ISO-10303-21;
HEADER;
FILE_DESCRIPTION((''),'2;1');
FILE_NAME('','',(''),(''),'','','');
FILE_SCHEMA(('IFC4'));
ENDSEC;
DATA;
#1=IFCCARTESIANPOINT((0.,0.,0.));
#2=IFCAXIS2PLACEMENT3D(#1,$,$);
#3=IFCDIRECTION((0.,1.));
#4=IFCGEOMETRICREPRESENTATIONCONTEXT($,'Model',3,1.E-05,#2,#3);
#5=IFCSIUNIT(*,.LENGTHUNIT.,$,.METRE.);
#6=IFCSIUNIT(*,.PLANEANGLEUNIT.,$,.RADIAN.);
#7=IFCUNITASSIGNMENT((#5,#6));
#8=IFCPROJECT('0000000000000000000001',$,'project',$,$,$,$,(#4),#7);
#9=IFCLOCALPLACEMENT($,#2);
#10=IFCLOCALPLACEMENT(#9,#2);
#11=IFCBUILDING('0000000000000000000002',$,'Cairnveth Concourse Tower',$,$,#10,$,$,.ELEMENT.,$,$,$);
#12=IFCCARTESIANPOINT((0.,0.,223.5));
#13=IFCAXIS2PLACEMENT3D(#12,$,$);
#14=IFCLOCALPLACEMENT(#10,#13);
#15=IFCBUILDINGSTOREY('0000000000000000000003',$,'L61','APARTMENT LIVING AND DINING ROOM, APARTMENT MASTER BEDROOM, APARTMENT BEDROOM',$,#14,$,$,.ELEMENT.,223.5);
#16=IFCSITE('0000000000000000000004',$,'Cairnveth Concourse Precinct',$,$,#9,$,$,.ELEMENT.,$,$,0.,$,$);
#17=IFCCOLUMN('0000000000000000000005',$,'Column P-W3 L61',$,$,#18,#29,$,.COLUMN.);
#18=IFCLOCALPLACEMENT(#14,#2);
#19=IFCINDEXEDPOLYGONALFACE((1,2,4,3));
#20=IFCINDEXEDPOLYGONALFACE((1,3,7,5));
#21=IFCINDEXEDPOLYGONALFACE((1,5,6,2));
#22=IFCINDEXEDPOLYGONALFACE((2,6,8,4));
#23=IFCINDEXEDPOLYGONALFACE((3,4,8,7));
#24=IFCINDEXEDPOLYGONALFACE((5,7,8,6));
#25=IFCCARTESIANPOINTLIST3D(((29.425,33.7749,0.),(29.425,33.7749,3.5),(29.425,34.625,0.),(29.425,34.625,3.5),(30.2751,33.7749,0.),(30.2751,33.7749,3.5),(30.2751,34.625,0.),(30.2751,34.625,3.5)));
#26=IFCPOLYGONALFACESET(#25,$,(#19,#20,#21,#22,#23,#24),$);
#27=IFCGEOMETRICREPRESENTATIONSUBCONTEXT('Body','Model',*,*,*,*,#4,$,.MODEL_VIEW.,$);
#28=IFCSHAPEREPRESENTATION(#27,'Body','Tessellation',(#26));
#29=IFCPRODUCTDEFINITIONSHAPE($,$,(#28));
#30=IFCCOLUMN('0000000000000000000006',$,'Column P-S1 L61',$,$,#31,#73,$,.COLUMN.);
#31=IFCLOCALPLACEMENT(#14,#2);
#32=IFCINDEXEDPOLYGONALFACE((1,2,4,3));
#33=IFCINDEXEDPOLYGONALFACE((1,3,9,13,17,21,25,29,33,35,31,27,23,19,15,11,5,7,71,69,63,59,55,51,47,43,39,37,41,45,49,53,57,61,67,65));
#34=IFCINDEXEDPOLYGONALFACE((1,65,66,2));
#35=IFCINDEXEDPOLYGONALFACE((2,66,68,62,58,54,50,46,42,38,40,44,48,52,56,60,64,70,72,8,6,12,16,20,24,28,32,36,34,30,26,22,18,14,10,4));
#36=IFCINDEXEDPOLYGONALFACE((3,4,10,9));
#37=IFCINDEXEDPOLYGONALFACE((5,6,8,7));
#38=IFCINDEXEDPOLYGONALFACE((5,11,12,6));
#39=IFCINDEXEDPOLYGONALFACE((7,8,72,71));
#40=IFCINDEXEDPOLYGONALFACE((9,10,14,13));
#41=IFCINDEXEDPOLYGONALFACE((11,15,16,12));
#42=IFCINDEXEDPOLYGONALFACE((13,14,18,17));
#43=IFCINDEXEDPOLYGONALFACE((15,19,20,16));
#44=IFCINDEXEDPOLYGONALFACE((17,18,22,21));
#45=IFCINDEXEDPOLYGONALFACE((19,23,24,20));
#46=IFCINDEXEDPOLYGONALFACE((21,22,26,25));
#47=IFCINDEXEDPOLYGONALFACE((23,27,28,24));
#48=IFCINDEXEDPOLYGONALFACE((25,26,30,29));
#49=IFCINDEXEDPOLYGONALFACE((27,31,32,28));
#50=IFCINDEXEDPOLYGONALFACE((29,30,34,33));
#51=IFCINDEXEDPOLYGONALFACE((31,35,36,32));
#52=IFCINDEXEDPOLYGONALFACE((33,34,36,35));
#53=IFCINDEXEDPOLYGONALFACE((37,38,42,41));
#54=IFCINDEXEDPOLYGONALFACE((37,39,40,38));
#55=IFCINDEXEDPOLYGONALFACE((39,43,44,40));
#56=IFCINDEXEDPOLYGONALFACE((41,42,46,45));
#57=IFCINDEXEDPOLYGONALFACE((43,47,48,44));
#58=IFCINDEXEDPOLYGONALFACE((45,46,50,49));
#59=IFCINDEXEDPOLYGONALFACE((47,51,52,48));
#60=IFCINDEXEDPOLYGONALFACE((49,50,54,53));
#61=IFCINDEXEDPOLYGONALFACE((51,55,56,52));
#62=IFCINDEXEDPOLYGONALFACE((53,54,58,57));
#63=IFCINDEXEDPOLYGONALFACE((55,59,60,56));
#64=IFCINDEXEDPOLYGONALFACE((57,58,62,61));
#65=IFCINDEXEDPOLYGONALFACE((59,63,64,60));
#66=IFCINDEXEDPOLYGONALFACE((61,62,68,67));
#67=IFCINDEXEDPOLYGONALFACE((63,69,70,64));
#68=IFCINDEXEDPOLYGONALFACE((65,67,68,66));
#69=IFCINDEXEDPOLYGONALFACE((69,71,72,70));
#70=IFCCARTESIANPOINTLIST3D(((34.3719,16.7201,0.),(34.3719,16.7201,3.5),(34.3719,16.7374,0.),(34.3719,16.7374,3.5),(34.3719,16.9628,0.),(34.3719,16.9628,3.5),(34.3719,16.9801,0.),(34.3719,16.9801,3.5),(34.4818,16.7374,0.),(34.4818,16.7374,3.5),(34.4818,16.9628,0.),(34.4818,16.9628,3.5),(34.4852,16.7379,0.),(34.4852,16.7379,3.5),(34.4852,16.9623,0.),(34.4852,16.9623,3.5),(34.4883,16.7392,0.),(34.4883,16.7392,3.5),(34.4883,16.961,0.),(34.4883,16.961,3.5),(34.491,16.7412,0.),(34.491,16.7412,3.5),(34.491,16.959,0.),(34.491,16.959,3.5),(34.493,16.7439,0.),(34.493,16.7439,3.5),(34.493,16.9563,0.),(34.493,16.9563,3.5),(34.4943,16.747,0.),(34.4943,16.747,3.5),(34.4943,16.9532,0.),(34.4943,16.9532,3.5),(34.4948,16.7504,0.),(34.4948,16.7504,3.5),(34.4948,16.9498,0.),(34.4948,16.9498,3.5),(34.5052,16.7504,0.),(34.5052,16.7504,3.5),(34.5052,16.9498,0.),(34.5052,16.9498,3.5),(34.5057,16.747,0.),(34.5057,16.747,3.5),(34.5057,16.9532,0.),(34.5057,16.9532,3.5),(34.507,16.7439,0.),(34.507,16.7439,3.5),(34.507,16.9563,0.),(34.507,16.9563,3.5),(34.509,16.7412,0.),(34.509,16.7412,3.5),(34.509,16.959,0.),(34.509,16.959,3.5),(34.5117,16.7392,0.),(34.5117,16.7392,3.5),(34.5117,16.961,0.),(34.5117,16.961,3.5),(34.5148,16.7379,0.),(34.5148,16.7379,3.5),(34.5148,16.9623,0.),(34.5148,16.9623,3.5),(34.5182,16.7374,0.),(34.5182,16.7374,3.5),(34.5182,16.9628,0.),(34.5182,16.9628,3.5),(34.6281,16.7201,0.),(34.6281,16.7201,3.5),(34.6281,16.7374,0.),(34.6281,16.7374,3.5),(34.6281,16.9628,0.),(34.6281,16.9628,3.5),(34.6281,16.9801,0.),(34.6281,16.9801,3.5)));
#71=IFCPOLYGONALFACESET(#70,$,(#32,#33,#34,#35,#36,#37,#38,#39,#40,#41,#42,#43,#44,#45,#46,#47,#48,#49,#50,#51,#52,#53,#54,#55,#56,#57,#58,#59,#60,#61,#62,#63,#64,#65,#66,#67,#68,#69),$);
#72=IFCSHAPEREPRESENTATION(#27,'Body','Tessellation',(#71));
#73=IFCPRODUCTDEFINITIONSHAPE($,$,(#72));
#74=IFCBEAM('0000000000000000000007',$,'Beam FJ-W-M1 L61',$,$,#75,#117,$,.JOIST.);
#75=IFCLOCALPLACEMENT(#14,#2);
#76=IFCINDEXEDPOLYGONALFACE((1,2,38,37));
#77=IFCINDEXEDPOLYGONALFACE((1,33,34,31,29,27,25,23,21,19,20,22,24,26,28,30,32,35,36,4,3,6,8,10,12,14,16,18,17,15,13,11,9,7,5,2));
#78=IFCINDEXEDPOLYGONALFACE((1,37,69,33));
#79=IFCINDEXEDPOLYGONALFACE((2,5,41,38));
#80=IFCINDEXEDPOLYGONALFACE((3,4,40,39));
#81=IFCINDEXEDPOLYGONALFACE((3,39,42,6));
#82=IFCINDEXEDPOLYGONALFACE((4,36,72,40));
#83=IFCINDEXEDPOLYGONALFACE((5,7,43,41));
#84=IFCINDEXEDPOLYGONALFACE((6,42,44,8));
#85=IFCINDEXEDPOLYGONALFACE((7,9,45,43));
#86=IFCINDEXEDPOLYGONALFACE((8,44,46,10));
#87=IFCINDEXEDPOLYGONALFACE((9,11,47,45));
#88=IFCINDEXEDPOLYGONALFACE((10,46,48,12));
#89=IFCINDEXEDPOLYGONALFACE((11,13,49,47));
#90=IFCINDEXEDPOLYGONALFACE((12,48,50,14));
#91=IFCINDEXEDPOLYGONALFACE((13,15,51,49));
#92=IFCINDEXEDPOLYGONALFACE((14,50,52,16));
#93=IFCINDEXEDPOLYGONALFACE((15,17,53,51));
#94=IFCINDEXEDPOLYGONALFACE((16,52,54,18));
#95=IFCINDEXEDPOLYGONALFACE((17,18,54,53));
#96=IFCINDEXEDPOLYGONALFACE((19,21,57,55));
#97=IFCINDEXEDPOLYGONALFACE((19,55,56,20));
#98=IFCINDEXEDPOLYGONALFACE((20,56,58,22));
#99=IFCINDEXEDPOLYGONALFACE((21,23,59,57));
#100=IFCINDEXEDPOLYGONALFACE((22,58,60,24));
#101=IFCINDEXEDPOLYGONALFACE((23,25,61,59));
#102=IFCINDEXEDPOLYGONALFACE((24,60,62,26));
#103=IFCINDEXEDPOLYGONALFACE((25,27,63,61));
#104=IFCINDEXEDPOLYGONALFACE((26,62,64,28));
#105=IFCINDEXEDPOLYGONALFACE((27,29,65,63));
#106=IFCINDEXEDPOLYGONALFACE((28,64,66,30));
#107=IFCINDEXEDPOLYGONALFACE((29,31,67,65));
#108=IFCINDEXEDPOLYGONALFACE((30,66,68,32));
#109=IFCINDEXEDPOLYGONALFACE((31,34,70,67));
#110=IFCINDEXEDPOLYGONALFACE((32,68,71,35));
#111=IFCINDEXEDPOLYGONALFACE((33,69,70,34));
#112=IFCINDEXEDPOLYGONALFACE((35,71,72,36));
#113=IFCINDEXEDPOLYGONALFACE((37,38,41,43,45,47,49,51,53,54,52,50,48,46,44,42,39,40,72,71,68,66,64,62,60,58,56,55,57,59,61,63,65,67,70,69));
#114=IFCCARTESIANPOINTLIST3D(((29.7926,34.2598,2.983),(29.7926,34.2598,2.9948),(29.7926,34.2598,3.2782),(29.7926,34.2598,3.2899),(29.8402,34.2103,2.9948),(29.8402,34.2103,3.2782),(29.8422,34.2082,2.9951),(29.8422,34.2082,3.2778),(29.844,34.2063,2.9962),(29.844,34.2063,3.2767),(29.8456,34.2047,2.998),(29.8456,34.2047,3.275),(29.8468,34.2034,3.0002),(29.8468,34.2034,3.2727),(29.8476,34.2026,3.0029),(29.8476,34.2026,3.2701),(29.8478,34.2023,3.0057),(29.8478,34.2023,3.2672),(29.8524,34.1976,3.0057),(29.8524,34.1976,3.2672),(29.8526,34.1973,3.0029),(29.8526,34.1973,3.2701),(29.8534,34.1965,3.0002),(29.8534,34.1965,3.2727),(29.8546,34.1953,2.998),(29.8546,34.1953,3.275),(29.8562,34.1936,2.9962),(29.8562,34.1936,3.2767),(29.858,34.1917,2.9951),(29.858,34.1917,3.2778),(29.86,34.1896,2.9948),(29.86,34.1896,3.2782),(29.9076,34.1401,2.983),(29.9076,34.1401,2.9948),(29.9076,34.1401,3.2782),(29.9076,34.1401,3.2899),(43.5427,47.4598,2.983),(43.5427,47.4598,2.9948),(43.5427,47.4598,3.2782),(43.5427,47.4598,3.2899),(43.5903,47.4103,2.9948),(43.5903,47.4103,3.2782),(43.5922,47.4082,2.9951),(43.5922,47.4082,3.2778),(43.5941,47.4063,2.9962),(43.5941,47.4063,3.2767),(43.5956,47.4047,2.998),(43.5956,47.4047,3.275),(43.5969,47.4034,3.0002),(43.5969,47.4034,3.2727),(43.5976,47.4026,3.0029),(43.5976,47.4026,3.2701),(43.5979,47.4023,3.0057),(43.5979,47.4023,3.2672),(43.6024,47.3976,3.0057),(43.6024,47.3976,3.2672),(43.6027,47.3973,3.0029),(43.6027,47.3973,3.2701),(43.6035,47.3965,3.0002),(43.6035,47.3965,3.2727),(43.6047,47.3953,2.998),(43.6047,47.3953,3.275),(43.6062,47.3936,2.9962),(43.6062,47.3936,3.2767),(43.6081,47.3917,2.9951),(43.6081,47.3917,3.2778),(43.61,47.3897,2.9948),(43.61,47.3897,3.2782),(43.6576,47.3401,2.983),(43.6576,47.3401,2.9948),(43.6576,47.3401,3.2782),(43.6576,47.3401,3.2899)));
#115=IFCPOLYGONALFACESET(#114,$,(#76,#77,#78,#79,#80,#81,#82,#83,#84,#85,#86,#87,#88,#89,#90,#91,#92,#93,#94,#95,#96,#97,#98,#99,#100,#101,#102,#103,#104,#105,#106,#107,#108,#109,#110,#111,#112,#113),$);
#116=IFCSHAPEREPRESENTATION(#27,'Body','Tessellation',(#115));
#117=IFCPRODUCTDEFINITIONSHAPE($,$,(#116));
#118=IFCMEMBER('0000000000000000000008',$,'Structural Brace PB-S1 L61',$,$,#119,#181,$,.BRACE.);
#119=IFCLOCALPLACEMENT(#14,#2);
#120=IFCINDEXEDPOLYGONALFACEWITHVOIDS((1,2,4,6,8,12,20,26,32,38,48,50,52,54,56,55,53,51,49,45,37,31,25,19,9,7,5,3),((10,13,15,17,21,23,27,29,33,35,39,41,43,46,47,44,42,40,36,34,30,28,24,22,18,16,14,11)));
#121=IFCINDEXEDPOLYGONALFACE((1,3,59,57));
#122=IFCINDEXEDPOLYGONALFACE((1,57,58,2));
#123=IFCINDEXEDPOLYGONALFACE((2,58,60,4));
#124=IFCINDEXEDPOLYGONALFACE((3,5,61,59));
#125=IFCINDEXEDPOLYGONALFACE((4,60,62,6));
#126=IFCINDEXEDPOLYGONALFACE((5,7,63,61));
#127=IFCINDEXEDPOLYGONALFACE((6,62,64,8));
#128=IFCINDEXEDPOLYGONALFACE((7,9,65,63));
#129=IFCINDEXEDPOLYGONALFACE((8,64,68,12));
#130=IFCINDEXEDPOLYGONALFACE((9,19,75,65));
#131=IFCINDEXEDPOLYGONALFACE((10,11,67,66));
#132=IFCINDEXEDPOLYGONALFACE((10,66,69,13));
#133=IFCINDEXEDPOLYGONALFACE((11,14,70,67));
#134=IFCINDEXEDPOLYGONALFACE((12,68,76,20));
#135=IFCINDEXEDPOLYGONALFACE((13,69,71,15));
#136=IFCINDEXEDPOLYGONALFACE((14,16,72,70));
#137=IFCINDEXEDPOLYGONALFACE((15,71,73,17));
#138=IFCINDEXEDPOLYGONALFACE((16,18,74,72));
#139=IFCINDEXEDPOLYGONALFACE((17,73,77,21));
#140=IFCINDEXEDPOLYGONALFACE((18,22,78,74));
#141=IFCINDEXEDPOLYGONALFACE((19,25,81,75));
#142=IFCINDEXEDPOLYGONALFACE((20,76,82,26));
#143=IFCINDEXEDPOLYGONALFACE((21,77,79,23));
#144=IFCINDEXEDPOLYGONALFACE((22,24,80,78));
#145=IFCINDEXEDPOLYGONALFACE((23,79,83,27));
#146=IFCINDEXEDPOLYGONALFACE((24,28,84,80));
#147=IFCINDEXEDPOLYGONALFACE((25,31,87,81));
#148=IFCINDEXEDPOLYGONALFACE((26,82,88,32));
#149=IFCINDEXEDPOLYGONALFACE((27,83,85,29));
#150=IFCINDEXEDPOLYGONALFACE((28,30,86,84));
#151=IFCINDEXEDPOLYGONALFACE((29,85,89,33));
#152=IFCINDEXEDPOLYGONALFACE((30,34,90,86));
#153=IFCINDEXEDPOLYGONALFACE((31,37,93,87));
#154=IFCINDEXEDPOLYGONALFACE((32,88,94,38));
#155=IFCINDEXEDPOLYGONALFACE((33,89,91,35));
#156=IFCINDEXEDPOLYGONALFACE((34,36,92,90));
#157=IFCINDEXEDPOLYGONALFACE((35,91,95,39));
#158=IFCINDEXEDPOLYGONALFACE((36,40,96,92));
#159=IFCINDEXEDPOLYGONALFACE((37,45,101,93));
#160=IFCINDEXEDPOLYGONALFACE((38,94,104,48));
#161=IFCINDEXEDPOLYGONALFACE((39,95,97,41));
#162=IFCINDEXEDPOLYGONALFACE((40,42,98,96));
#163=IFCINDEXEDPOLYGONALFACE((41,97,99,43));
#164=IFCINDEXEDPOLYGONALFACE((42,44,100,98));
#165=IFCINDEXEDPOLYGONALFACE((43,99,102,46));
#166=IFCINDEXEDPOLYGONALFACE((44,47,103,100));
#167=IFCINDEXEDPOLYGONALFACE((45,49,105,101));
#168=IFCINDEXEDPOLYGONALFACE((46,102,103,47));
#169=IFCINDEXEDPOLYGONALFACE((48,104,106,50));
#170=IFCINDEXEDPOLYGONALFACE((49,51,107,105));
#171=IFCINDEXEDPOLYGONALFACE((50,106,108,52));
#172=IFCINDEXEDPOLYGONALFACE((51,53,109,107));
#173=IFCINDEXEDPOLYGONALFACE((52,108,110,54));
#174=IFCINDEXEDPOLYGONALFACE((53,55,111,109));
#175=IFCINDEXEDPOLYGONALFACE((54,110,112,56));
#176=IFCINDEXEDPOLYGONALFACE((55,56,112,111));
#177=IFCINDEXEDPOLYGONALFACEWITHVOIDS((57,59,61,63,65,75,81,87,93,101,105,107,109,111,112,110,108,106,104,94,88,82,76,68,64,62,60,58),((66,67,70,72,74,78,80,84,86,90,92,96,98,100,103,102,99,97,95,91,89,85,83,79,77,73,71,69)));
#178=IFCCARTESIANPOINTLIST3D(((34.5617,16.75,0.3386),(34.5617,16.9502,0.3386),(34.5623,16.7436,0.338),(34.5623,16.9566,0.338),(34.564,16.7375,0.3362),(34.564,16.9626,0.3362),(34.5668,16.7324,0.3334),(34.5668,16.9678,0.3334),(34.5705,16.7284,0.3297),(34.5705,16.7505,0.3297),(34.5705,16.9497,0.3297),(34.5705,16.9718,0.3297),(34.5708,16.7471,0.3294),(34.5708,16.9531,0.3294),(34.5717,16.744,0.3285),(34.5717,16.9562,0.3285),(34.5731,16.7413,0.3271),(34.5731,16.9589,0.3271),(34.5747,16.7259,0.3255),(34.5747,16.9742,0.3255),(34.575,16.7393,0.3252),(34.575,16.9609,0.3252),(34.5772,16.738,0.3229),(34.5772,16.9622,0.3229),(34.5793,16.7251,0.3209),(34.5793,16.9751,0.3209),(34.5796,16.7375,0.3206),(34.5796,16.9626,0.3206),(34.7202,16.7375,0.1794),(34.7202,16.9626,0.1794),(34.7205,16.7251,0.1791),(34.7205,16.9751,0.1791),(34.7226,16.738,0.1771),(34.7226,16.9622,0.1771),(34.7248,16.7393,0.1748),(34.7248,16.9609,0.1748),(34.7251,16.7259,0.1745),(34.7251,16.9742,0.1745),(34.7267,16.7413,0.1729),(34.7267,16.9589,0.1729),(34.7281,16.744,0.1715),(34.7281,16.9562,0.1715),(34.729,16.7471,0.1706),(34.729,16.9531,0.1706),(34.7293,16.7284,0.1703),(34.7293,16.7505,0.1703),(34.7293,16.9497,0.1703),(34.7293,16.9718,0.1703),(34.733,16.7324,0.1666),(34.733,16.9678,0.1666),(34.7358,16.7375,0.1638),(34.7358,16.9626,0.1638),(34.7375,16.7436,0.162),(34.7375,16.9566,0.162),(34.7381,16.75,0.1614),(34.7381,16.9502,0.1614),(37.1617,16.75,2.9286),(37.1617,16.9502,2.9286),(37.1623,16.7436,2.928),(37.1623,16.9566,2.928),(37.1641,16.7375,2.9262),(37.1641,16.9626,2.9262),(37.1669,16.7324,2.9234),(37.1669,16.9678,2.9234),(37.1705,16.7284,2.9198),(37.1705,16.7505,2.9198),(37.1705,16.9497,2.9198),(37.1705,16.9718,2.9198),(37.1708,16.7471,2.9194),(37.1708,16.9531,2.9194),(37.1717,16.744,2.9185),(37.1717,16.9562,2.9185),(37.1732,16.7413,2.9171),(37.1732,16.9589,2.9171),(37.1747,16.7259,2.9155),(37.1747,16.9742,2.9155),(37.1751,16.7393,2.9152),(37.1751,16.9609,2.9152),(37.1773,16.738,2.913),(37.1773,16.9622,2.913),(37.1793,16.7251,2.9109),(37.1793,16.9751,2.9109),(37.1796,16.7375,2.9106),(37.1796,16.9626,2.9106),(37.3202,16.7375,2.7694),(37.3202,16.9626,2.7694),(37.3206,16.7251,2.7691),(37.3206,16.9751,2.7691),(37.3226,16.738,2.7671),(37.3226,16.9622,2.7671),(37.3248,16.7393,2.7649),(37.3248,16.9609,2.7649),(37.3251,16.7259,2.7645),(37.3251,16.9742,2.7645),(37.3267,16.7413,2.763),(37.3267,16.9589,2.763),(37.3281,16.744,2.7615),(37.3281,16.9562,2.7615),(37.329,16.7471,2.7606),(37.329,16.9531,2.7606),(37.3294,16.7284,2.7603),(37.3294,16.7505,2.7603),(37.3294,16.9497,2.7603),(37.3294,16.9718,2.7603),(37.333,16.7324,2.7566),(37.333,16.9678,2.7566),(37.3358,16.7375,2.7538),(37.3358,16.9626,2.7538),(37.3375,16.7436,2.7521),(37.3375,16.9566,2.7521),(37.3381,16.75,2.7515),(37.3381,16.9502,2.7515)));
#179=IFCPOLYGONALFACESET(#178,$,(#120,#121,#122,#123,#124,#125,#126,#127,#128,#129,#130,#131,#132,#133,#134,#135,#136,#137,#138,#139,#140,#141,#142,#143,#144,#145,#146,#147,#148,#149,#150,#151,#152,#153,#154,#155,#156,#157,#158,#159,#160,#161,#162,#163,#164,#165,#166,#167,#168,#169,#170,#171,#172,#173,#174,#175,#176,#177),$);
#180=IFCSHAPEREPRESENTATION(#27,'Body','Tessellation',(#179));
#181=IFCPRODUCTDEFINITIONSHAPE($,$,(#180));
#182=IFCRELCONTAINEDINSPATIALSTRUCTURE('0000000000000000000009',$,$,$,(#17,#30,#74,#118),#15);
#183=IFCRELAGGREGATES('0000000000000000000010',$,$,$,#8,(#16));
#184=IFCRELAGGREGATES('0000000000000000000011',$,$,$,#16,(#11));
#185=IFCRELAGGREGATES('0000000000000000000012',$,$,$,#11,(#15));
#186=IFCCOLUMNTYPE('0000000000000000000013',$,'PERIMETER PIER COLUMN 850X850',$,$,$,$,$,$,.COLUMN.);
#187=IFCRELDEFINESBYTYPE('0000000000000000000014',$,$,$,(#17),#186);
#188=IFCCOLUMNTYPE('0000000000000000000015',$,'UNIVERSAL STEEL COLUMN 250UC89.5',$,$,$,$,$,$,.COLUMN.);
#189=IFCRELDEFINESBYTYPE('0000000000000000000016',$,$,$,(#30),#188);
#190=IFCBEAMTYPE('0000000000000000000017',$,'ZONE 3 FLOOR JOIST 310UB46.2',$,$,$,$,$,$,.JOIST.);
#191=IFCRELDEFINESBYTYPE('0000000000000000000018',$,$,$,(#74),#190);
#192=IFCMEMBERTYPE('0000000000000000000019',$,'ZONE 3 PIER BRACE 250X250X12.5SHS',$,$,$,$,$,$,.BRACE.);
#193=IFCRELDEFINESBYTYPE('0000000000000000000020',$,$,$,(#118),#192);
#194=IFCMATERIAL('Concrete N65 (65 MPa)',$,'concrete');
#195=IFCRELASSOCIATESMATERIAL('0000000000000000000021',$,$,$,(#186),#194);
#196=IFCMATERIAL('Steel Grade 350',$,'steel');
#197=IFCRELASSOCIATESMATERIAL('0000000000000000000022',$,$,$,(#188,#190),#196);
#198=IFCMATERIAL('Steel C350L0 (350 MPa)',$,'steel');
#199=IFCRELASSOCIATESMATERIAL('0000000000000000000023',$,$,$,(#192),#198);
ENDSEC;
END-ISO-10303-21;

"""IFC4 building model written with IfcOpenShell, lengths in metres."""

from ifc_helpers import new_model, si_unit, direction, frame, origin, origin_2d, place, context, subcontext, project, spatial, rectangle, hollow_rectangle, i_section, extrude, material, material_profile, profile_set, type_object, element, save


model = new_model("IFC4")

# Units and contexts
model_context = context("Model", 3, precision=1e-05, world=origin(), true_north=direction((0.0, 1.0)))
body_context = subcontext(model_context, "Body", "Model", "MODEL_VIEW")
ifc_project = project(units=[si_unit("LENGTHUNIT", "METRE"), si_unit("PLANEANGLEUNIT", "RADIAN")], contexts=[model_context])

# Site, building, storey
site_placement = place(None, origin())
site = spatial("IfcSite", under=ifc_project, at=site_placement, Name="Cairnveth Concourse Precinct", CompositionType="ELEMENT", RefElevation=0.0)
building_placement = place(site_placement, origin())
building = spatial("IfcBuilding", under=site, at=building_placement, Name="Cairnveth Concourse Tower", CompositionType="ELEMENT")
storey_placement = place(building_placement, frame((0.0, 0.0, 223.5)))
storey = spatial("IfcBuildingStorey", under=building, at=storey_placement, Name="L61", Description="APARTMENT LIVING AND DINING ROOM, APARTMENT MASTER BEDROOM, APARTMENT BEDROOM", CompositionType="ELEMENT", Elevation=223.5)

# Columns
ifc_material_1 = material(Name="Concrete N65 (65 MPa)", Category="concrete")
ifc_material_profile_1 = material_profile(ifc_material_1, rectangle(XDim=0.8501, YDim=0.8501, at=origin_2d()), Name="RC-COL-850x850")
ifc_profile_set_1 = profile_set([ifc_material_profile_1], Name="Concrete N65 (65 MPa)")
column_type_1 = type_object("IfcColumnType", Name="PERIMETER PIER COLUMN 850X850", PredefinedType="COLUMN", material=ifc_profile_set_1)
column_1_placement = place(storey_placement, frame((29.8501, 34.2, 0.0), z_axis=(0.0, 0.0, 1.0), x_axis=(0.0, 1.0, 0.0)))
element("IfcColumn", 1, at=column_1_placement, inside=storey, type_object=column_type_1, Name="Column P-W3 L61", PredefinedType="COLUMN", context=body_context, shape_type="SweptSolid", body=[
    extrude(rectangle(XDim=0.8501, YDim=0.8501, at=origin_2d()), origin(), (0.0, 0.0, 1.0), 3.5),
])
ifc_material_2 = material(Name="Steel Grade 350", Category="steel")
ifc_material_profile_2 = material_profile(ifc_material_2, i_section(OverallWidth=0.2561, OverallDepth=0.26, WebThickness=0.0105, FlangeThickness=0.0173, FilletRadius=0.0129, at=origin_2d()), Name="250UC89.5")
ifc_profile_set_2 = profile_set([ifc_material_profile_2], Name="Steel Grade 350")
column_type_2 = type_object("IfcColumnType", Name="UNIVERSAL STEEL COLUMN 250UC89.5", PredefinedType="COLUMN", material=ifc_profile_set_2)
column_2_placement = place(storey_placement, frame((34.5, 16.8501, 0.0), z_axis=(0.0, 0.0, 1.0), x_axis=(1.0, 0.0, 0.0)))
element("IfcColumn", 2, at=column_2_placement, inside=storey, type_object=column_type_2, Name="Column P-S1 L61", PredefinedType="COLUMN", context=body_context, shape_type="SweptSolid", body=[
    extrude(i_section(OverallWidth=0.2561, OverallDepth=0.26, WebThickness=0.0105, FlangeThickness=0.0173, FilletRadius=0.0129, at=origin_2d()), origin(), (0.0, 0.0, 1.0), 3.5),
])

# Beam
ifc_material_profile_3 = material_profile(ifc_material_2, i_section(OverallWidth=0.166, OverallDepth=0.3069, WebThickness=0.0066, FlangeThickness=0.0117, FilletRadius=0.011, at=origin_2d()), Name="310UB46.2")
ifc_profile_set_3 = profile_set([ifc_material_profile_3], Name="Steel Grade 350")
beam_type_1 = type_object("IfcBeamType", Name="ZONE 3 FLOOR JOIST 310UB46.2", PredefinedType="JOIST", material=ifc_profile_set_3)
beam_1_placement = place(storey_placement, frame((29.8501, 34.2, 3.1365), z_axis=(0.721389, 0.69253, 0.0), x_axis=(-0.69253, 0.721389, 0.0)))
element("IfcBeam", 3, at=beam_1_placement, inside=storey, type_object=beam_type_1, Name="Beam FJ-W-M1 L61", PredefinedType="JOIST", context=body_context, shape_type="SweptSolid", body=[
    extrude(i_section(OverallWidth=0.166, OverallDepth=0.3069, WebThickness=0.0066, FlangeThickness=0.0117, FilletRadius=0.011, at=origin_2d()), origin(), (0.0, 0.0, 1.0), 19.0605),
])

# Member
ifc_material_3 = material(Name="Steel C350L0 (350 MPa)", Category="steel")
ifc_material_profile_4 = material_profile(ifc_material_3, hollow_rectangle(XDim=0.25, YDim=0.25, WallThickness=0.0125, InnerFilletRadius=0.0129, OuterFilletRadius=0.0249, at=origin_2d()), Name="250x250x12.5SHS")
ifc_profile_set_4 = profile_set([ifc_material_profile_4], Name="Steel C350L0 (350 MPa)")
member_type = type_object("IfcMemberType", Name="ZONE 3 PIER BRACE 250X250X12.5SHS", PredefinedType="BRACE", material=ifc_profile_set_4)
member_placement = place(storey_placement, frame((34.6499, 16.8501, 0.25), z_axis=(0.708469, 0.0, 0.705742), x_axis=(0.0, 1.0, 0.0)))
element("IfcMember", 4, at=member_placement, inside=storey, type_object=member_type, Name="Structural Brace PB-S1 L61", PredefinedType="BRACE", context=body_context, shape_type="SweptSolid", body=[
    extrude(hollow_rectangle(XDim=0.25, YDim=0.25, WallThickness=0.0125, InnerFilletRadius=0.0129, OuterFilletRadius=0.0249, at=origin_2d()), origin(), (0.0, 0.0, 1.0), 3.6699),
])

save(model, "model.ifc")
